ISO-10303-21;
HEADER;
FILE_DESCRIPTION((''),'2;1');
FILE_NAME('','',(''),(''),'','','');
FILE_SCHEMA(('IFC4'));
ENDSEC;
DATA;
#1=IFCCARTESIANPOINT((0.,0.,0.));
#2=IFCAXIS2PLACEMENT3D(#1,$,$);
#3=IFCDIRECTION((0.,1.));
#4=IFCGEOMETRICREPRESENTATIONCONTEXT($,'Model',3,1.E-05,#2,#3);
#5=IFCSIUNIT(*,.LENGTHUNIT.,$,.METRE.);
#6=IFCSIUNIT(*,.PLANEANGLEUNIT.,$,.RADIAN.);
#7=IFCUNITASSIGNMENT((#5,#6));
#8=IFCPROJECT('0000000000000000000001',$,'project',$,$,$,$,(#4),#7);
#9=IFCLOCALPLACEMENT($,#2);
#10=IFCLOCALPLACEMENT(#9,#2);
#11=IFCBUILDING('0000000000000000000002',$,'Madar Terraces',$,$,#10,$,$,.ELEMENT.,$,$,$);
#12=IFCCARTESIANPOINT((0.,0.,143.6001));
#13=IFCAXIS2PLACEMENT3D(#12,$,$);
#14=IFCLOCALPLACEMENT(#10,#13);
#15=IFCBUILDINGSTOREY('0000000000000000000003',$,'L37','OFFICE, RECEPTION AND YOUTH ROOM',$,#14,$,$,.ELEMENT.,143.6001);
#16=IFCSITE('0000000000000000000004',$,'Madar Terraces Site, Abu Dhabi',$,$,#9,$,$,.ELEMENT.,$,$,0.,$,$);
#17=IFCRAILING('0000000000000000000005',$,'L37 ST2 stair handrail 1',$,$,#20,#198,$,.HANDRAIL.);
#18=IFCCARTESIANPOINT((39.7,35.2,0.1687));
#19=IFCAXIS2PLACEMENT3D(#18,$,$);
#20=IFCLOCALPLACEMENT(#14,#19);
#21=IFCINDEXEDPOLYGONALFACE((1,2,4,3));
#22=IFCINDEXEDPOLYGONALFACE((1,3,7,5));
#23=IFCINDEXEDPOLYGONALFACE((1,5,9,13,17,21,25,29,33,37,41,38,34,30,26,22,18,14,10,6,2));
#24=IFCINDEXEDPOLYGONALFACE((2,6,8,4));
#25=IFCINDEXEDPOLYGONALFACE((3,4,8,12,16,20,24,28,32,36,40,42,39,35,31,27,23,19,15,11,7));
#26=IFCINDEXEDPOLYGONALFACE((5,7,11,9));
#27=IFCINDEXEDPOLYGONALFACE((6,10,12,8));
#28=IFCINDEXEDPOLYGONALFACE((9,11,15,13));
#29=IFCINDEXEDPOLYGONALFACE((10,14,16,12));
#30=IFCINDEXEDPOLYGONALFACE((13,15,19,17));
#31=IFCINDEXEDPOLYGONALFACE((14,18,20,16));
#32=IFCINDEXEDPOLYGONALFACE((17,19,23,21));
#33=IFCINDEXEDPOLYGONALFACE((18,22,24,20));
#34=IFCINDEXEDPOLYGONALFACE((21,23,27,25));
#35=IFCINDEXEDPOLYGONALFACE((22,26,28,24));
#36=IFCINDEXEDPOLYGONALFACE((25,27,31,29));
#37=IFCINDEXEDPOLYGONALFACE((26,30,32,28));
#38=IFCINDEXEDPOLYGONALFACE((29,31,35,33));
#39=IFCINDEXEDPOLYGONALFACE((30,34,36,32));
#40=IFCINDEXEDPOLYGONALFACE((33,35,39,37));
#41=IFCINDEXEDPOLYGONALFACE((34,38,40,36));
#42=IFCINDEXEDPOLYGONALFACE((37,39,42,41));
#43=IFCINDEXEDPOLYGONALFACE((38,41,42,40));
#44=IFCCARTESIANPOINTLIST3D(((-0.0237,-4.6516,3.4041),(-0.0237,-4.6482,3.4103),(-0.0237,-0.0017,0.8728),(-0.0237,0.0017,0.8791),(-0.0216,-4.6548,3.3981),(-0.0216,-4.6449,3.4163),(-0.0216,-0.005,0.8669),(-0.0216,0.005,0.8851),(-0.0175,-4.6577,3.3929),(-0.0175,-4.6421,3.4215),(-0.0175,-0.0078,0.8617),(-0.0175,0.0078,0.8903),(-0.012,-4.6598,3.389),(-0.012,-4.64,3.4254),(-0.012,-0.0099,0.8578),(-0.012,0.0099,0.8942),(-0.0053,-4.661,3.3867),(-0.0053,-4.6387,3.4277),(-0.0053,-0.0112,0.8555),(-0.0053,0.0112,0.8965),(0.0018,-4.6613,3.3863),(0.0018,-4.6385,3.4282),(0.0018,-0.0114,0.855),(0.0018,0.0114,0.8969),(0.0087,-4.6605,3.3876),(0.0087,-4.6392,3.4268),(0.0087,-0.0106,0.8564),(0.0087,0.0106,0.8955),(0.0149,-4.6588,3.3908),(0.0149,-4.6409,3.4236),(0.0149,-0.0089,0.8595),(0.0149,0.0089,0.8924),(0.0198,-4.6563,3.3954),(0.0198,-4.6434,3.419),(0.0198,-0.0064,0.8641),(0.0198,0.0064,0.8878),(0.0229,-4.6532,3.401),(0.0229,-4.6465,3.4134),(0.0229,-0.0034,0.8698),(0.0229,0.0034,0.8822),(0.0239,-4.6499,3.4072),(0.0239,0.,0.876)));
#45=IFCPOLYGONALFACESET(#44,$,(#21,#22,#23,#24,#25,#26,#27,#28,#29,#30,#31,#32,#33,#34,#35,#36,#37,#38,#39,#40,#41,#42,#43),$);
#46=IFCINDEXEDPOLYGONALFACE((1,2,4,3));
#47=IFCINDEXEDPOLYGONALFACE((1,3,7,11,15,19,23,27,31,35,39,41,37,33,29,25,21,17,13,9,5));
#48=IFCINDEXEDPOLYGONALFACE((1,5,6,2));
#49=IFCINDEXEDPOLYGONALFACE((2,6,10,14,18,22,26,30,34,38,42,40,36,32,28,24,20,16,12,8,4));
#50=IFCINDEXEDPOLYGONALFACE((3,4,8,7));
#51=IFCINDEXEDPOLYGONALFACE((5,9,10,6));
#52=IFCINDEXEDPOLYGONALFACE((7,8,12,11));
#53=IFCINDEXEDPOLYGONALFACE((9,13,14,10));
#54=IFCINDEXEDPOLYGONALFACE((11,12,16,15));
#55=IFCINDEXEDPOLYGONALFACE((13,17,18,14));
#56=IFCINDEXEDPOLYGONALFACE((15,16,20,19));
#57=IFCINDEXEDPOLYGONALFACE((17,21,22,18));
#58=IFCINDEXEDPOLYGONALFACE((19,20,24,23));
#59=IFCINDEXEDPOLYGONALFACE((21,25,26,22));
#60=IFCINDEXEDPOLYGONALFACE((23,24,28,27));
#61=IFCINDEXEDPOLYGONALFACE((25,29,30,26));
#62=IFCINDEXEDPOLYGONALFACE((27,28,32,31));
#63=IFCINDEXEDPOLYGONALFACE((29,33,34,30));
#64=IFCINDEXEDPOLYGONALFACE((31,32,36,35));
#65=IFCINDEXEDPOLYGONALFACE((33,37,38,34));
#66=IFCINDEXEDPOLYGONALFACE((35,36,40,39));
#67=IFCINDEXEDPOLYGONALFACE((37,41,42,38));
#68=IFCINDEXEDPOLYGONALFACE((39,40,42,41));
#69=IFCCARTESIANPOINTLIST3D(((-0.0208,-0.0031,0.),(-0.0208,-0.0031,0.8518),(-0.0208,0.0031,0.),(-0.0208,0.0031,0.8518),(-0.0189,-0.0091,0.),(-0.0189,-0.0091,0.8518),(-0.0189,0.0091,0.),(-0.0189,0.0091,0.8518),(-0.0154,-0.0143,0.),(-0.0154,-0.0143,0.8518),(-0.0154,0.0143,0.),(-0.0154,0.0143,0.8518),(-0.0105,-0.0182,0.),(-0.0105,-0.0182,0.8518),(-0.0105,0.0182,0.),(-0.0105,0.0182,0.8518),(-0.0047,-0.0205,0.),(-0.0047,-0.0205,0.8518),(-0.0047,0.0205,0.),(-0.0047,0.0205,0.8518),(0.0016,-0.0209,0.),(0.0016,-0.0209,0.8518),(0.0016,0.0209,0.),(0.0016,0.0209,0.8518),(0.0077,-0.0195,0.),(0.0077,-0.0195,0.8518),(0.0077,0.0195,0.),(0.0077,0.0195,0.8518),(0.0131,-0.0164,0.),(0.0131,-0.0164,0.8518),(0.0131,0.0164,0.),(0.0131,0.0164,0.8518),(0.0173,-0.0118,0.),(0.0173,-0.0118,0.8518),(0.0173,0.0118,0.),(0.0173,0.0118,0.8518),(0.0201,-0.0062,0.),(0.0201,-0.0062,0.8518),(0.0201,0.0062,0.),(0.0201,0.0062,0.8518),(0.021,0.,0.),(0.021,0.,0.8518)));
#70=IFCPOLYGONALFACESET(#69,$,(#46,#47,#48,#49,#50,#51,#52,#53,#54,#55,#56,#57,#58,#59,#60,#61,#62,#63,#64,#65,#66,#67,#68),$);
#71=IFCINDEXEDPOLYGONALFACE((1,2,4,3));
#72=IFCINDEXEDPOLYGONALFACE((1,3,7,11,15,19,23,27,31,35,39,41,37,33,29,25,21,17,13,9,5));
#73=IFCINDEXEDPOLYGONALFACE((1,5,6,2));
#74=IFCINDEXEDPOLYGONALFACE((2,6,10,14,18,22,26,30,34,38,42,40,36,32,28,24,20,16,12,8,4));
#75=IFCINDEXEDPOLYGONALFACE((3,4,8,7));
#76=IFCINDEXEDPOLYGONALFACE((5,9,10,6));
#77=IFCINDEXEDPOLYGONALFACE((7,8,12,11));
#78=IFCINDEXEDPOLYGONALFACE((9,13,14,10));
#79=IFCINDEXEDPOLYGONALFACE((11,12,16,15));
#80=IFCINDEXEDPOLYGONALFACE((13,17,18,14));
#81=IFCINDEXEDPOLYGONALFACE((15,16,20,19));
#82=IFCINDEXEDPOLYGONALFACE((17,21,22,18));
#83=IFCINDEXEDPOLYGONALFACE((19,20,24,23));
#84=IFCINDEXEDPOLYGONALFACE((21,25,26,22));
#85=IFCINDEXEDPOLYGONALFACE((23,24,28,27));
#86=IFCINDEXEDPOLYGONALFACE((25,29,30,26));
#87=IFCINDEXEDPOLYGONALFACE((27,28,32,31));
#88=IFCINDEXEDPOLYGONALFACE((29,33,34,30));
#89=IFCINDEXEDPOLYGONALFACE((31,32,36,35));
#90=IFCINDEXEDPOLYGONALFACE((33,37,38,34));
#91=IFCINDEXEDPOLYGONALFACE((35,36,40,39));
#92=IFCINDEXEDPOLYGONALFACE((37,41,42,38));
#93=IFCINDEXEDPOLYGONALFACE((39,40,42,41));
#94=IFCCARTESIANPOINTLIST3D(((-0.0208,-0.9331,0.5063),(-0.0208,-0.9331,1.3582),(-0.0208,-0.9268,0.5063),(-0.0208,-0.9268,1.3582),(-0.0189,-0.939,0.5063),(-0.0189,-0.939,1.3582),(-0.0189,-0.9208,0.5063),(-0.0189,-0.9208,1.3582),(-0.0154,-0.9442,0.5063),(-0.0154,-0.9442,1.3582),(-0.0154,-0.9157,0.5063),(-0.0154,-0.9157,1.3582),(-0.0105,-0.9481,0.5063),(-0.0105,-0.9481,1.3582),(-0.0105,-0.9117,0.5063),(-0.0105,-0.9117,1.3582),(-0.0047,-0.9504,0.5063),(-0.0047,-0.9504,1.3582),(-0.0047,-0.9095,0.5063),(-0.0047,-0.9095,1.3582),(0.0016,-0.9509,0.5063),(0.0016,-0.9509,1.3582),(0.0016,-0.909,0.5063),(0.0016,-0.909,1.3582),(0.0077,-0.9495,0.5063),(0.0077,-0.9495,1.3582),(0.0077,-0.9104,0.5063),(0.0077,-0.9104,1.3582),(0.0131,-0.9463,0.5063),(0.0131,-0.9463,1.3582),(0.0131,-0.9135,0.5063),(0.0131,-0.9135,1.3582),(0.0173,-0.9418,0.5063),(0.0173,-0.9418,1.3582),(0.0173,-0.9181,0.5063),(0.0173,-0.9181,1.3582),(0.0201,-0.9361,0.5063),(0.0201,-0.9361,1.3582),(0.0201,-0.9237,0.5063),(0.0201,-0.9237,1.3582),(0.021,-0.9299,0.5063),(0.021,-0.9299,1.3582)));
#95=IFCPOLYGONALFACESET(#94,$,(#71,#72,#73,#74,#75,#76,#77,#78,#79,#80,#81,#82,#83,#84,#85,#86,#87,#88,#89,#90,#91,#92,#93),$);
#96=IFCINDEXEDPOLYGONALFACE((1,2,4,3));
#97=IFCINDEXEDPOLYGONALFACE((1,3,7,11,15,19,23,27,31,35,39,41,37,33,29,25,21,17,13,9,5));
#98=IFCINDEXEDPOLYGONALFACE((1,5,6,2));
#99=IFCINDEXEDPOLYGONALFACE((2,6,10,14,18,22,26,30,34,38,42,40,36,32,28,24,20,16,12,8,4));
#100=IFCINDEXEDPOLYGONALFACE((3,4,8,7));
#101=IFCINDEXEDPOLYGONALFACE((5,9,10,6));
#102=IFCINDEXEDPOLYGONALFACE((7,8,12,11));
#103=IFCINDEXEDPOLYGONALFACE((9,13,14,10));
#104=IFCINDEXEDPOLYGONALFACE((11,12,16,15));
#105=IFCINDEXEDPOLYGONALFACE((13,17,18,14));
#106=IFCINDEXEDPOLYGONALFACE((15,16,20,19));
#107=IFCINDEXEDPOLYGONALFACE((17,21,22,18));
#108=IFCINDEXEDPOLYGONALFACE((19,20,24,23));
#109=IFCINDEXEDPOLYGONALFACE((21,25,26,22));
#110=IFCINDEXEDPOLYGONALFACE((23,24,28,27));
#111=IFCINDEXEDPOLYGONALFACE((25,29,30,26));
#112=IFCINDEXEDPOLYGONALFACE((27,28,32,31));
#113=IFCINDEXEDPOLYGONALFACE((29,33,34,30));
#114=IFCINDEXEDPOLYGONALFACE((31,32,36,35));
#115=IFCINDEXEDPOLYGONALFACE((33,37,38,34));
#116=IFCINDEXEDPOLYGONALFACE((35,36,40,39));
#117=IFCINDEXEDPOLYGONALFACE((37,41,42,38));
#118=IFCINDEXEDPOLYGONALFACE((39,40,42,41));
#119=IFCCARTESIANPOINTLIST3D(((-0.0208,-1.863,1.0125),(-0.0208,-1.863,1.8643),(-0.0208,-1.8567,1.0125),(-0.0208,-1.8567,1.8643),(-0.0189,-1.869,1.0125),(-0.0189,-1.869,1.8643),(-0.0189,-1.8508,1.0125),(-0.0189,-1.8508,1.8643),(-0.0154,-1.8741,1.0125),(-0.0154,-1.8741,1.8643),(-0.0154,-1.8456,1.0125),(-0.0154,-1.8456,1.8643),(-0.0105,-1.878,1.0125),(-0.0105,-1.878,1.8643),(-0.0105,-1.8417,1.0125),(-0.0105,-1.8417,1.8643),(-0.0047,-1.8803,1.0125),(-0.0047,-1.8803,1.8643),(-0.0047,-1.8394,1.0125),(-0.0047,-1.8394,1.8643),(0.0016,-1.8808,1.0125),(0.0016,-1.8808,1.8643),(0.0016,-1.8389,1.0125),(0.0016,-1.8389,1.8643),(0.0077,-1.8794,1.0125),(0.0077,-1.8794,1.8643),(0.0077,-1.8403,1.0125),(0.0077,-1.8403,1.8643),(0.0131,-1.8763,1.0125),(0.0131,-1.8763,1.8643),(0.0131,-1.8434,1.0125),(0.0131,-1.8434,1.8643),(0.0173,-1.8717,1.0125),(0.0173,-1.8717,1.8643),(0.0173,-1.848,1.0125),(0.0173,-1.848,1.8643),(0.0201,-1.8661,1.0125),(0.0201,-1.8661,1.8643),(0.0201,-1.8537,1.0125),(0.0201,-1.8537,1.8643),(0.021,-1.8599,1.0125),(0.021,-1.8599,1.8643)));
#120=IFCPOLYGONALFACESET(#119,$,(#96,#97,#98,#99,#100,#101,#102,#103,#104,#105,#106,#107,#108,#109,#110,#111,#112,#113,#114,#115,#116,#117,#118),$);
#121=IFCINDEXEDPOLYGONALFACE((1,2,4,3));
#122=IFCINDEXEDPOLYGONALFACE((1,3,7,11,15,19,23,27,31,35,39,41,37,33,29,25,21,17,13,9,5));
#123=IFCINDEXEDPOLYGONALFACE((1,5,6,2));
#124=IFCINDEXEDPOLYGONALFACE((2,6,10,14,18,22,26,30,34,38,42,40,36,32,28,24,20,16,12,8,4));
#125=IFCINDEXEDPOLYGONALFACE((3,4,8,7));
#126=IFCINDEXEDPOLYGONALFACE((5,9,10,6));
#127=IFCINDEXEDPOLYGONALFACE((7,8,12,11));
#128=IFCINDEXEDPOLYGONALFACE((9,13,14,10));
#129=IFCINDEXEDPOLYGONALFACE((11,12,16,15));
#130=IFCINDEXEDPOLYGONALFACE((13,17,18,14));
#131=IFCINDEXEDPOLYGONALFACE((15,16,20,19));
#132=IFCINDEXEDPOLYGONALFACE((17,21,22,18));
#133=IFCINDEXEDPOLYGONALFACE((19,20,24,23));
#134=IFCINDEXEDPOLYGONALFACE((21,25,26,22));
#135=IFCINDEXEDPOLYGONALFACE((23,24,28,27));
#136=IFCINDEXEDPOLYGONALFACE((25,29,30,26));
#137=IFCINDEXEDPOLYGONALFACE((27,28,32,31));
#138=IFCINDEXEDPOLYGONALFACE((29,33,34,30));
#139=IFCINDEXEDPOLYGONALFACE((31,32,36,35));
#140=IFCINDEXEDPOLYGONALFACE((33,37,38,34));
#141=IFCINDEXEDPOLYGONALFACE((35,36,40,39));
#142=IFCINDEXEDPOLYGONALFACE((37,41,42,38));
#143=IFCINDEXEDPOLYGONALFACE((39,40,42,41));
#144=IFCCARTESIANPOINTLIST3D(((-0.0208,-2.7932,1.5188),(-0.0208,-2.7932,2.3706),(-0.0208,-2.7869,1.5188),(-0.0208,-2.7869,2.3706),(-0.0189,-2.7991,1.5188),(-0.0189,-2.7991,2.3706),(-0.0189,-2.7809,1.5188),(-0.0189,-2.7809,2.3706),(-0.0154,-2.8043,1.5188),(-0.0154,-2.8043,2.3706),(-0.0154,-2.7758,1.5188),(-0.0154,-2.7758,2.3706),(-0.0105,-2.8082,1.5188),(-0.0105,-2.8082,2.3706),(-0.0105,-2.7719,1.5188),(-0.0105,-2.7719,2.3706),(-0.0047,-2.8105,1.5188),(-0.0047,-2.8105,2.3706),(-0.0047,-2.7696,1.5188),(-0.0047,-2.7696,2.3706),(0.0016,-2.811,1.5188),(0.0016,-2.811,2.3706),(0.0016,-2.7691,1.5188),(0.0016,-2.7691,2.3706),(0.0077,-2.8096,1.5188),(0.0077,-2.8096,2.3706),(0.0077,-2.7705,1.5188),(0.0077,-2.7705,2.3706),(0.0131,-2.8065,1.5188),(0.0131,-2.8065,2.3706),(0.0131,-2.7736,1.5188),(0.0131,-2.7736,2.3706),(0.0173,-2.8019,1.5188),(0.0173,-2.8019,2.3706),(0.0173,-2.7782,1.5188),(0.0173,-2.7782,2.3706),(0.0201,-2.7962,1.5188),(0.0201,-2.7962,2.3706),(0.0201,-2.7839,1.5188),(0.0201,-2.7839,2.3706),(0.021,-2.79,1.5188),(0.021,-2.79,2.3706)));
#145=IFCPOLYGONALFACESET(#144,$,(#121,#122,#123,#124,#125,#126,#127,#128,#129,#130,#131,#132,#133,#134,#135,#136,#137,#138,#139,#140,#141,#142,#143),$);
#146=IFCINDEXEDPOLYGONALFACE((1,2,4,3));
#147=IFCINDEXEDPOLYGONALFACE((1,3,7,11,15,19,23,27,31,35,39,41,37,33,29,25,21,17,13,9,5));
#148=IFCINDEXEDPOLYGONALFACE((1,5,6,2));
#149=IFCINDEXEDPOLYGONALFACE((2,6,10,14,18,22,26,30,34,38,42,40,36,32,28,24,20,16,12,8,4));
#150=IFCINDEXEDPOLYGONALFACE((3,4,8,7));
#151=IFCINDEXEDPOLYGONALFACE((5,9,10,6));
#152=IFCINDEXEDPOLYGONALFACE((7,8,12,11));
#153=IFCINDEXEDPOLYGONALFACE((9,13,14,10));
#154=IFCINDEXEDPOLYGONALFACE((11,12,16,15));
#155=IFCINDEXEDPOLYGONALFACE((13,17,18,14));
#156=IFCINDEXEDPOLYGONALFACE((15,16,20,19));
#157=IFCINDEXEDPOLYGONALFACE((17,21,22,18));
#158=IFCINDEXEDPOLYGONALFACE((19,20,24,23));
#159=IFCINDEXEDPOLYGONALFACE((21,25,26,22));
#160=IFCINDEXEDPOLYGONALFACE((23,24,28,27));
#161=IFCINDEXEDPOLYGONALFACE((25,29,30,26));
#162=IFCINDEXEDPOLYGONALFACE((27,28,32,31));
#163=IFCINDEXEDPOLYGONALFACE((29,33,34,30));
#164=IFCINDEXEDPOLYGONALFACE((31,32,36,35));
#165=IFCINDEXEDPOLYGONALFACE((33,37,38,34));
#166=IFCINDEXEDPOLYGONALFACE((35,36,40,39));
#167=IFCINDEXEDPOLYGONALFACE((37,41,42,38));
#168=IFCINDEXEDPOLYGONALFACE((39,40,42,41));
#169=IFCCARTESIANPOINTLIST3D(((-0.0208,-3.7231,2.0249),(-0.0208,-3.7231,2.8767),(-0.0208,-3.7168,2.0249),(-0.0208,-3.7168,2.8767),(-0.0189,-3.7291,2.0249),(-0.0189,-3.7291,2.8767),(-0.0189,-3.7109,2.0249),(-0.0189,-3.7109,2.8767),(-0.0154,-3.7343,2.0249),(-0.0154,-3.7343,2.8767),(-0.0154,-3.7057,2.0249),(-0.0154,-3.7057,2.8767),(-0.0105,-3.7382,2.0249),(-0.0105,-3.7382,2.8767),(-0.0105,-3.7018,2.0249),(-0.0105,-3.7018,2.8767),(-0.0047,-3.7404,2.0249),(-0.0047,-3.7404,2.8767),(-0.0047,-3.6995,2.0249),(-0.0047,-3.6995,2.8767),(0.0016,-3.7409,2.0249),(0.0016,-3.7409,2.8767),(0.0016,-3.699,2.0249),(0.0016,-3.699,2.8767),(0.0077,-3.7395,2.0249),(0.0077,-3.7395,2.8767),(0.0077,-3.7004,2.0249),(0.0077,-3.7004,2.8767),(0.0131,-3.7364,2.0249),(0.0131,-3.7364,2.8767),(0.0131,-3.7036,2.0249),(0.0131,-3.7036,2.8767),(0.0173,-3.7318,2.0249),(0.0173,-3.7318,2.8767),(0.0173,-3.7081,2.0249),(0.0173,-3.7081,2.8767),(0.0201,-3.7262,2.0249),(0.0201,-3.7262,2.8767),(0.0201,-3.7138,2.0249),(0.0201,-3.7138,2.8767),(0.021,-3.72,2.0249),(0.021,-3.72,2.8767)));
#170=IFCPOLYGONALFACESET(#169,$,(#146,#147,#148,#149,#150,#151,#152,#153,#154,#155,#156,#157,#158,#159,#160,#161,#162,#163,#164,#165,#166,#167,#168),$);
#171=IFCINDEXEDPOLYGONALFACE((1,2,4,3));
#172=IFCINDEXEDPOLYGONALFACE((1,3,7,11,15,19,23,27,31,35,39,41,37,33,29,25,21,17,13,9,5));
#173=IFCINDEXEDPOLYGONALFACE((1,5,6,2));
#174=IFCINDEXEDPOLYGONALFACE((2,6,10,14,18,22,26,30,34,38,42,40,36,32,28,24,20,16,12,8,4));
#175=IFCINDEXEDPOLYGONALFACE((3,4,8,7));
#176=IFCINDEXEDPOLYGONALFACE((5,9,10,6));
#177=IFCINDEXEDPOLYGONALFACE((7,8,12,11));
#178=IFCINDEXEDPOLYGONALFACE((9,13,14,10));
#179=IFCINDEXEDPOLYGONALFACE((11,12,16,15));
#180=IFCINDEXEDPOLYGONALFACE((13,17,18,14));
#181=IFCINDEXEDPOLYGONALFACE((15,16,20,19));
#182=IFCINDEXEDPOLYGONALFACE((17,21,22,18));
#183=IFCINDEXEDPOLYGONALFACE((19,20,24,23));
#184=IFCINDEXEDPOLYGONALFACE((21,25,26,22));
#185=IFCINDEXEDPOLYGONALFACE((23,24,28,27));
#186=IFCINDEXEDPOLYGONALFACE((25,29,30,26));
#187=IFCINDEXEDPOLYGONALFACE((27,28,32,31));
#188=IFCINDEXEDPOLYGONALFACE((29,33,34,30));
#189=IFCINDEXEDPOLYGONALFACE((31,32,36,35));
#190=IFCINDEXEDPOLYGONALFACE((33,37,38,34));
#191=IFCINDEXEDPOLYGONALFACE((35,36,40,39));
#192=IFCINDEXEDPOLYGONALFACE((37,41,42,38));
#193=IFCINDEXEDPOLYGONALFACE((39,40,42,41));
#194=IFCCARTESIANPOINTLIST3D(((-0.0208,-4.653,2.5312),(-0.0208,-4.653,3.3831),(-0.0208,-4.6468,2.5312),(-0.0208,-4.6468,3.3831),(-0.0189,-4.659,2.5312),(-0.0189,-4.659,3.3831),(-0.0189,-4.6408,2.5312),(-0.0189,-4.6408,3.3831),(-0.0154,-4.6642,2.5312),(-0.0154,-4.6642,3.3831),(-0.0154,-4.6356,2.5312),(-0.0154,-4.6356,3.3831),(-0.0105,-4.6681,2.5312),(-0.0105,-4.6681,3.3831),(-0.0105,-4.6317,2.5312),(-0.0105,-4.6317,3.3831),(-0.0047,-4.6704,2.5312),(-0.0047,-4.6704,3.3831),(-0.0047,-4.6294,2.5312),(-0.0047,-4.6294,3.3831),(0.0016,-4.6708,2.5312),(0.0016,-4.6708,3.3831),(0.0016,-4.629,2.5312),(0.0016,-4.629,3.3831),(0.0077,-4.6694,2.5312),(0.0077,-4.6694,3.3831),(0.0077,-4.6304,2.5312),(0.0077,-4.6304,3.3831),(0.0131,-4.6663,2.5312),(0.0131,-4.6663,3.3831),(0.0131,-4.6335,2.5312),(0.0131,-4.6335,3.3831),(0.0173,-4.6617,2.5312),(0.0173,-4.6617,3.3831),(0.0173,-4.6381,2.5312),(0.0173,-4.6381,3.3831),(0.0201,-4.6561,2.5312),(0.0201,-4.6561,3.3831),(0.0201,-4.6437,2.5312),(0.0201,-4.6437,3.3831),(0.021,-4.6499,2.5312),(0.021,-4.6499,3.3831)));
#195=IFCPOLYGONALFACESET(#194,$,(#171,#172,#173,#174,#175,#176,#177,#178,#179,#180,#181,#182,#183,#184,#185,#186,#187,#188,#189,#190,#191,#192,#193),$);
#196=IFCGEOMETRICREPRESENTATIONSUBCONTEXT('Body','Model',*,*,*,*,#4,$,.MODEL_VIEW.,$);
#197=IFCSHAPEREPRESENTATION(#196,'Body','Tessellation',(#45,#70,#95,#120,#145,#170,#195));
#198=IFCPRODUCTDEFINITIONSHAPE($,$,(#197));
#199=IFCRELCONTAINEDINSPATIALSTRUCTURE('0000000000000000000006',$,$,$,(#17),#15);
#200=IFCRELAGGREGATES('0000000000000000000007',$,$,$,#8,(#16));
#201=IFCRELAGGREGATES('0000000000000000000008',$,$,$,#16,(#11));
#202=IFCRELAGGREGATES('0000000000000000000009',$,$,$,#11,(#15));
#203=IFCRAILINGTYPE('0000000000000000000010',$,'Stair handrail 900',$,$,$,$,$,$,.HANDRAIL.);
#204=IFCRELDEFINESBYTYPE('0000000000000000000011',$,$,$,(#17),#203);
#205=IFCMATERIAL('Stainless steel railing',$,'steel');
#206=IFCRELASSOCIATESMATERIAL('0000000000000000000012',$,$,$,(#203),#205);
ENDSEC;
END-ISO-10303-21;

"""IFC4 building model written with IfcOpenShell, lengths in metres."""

from ifc_helpers import new_model, si_unit, direction, frame, origin, origin_2d, place, context, subcontext, project, spatial, circle, extrude, material, type_object, element, save


model = new_model("IFC4")

# Units and contexts
model_context = context("Model", 3, precision=1e-05, world=origin(), true_north=direction((0.0, 1.0)))
body_context = subcontext(model_context, "Body", "Model", "MODEL_VIEW")
ifc_project = project(units=[si_unit("LENGTHUNIT", "METRE"), si_unit("PLANEANGLEUNIT", "RADIAN")], contexts=[model_context])

# Site, building, storey
site_placement = place(None, origin())
site = spatial("IfcSite", under=ifc_project, at=site_placement, Name="Madar Terraces Site, Abu Dhabi", CompositionType="ELEMENT", RefElevation=0.0)
building_placement = place(site_placement, origin())
building = spatial("IfcBuilding", under=site, at=building_placement, Name="Madar Terraces", CompositionType="ELEMENT")
storey_placement = place(building_placement, frame((0.0, 0.0, 143.6001)))
storey = spatial("IfcBuildingStorey", under=building, at=storey_placement, Name="L37", Description="OFFICE, RECEPTION AND YOUTH ROOM", CompositionType="ELEMENT", Elevation=143.6001)

# Railing
ifc_material_1 = material(Name="Stainless steel railing", Category="steel")
railing_type_1 = type_object("IfcRailingType", Name="Stair handrail 900", PredefinedType="HANDRAIL", material=ifc_material_1)
railing_1_placement = place(storey_placement, frame((39.7, 35.2, 0.1687)))
element("IfcRailing", 1, at=railing_1_placement, inside=storey, type_object=railing_type_1, Name="L37 ST2 stair handrail 1", PredefinedType="HANDRAIL", context=body_context, shape_type="SweptSolid", body=[
    extrude(circle(Radius=0.0239, at=origin_2d()), frame((0.0, 0.0, 0.876), z_axis=(0.0, -0.878297, 0.478115), x_axis=(1.0, 0.0, 0.0)), (0.0, 0.0, 1.0), 5.2942),
    extrude(circle(Radius=0.021, at=origin_2d()), origin(), (0.0, 0.0, 1.0), 0.8518),
    extrude(circle(Radius=0.021, at=origin_2d()), frame((0.0, -0.9299, 0.5063)), (0.0, 0.0, 1.0), 0.8518),
    extrude(circle(Radius=0.021, at=origin_2d()), frame((0.0, -1.8599, 1.0125)), (0.0, 0.0, 1.0), 0.8518),
    extrude(circle(Radius=0.021, at=origin_2d()), frame((0.0, -2.79, 1.5188)), (0.0, 0.0, 1.0), 0.8518),
    extrude(circle(Radius=0.021, at=origin_2d()), frame((0.0, -3.72, 2.0249)), (0.0, 0.0, 1.0), 0.8518),
    extrude(circle(Radius=0.021, at=origin_2d()), frame((0.0, -4.6499, 2.5312)), (0.0, 0.0, 1.0), 0.8518),
])

save(model, "model.ifc")
